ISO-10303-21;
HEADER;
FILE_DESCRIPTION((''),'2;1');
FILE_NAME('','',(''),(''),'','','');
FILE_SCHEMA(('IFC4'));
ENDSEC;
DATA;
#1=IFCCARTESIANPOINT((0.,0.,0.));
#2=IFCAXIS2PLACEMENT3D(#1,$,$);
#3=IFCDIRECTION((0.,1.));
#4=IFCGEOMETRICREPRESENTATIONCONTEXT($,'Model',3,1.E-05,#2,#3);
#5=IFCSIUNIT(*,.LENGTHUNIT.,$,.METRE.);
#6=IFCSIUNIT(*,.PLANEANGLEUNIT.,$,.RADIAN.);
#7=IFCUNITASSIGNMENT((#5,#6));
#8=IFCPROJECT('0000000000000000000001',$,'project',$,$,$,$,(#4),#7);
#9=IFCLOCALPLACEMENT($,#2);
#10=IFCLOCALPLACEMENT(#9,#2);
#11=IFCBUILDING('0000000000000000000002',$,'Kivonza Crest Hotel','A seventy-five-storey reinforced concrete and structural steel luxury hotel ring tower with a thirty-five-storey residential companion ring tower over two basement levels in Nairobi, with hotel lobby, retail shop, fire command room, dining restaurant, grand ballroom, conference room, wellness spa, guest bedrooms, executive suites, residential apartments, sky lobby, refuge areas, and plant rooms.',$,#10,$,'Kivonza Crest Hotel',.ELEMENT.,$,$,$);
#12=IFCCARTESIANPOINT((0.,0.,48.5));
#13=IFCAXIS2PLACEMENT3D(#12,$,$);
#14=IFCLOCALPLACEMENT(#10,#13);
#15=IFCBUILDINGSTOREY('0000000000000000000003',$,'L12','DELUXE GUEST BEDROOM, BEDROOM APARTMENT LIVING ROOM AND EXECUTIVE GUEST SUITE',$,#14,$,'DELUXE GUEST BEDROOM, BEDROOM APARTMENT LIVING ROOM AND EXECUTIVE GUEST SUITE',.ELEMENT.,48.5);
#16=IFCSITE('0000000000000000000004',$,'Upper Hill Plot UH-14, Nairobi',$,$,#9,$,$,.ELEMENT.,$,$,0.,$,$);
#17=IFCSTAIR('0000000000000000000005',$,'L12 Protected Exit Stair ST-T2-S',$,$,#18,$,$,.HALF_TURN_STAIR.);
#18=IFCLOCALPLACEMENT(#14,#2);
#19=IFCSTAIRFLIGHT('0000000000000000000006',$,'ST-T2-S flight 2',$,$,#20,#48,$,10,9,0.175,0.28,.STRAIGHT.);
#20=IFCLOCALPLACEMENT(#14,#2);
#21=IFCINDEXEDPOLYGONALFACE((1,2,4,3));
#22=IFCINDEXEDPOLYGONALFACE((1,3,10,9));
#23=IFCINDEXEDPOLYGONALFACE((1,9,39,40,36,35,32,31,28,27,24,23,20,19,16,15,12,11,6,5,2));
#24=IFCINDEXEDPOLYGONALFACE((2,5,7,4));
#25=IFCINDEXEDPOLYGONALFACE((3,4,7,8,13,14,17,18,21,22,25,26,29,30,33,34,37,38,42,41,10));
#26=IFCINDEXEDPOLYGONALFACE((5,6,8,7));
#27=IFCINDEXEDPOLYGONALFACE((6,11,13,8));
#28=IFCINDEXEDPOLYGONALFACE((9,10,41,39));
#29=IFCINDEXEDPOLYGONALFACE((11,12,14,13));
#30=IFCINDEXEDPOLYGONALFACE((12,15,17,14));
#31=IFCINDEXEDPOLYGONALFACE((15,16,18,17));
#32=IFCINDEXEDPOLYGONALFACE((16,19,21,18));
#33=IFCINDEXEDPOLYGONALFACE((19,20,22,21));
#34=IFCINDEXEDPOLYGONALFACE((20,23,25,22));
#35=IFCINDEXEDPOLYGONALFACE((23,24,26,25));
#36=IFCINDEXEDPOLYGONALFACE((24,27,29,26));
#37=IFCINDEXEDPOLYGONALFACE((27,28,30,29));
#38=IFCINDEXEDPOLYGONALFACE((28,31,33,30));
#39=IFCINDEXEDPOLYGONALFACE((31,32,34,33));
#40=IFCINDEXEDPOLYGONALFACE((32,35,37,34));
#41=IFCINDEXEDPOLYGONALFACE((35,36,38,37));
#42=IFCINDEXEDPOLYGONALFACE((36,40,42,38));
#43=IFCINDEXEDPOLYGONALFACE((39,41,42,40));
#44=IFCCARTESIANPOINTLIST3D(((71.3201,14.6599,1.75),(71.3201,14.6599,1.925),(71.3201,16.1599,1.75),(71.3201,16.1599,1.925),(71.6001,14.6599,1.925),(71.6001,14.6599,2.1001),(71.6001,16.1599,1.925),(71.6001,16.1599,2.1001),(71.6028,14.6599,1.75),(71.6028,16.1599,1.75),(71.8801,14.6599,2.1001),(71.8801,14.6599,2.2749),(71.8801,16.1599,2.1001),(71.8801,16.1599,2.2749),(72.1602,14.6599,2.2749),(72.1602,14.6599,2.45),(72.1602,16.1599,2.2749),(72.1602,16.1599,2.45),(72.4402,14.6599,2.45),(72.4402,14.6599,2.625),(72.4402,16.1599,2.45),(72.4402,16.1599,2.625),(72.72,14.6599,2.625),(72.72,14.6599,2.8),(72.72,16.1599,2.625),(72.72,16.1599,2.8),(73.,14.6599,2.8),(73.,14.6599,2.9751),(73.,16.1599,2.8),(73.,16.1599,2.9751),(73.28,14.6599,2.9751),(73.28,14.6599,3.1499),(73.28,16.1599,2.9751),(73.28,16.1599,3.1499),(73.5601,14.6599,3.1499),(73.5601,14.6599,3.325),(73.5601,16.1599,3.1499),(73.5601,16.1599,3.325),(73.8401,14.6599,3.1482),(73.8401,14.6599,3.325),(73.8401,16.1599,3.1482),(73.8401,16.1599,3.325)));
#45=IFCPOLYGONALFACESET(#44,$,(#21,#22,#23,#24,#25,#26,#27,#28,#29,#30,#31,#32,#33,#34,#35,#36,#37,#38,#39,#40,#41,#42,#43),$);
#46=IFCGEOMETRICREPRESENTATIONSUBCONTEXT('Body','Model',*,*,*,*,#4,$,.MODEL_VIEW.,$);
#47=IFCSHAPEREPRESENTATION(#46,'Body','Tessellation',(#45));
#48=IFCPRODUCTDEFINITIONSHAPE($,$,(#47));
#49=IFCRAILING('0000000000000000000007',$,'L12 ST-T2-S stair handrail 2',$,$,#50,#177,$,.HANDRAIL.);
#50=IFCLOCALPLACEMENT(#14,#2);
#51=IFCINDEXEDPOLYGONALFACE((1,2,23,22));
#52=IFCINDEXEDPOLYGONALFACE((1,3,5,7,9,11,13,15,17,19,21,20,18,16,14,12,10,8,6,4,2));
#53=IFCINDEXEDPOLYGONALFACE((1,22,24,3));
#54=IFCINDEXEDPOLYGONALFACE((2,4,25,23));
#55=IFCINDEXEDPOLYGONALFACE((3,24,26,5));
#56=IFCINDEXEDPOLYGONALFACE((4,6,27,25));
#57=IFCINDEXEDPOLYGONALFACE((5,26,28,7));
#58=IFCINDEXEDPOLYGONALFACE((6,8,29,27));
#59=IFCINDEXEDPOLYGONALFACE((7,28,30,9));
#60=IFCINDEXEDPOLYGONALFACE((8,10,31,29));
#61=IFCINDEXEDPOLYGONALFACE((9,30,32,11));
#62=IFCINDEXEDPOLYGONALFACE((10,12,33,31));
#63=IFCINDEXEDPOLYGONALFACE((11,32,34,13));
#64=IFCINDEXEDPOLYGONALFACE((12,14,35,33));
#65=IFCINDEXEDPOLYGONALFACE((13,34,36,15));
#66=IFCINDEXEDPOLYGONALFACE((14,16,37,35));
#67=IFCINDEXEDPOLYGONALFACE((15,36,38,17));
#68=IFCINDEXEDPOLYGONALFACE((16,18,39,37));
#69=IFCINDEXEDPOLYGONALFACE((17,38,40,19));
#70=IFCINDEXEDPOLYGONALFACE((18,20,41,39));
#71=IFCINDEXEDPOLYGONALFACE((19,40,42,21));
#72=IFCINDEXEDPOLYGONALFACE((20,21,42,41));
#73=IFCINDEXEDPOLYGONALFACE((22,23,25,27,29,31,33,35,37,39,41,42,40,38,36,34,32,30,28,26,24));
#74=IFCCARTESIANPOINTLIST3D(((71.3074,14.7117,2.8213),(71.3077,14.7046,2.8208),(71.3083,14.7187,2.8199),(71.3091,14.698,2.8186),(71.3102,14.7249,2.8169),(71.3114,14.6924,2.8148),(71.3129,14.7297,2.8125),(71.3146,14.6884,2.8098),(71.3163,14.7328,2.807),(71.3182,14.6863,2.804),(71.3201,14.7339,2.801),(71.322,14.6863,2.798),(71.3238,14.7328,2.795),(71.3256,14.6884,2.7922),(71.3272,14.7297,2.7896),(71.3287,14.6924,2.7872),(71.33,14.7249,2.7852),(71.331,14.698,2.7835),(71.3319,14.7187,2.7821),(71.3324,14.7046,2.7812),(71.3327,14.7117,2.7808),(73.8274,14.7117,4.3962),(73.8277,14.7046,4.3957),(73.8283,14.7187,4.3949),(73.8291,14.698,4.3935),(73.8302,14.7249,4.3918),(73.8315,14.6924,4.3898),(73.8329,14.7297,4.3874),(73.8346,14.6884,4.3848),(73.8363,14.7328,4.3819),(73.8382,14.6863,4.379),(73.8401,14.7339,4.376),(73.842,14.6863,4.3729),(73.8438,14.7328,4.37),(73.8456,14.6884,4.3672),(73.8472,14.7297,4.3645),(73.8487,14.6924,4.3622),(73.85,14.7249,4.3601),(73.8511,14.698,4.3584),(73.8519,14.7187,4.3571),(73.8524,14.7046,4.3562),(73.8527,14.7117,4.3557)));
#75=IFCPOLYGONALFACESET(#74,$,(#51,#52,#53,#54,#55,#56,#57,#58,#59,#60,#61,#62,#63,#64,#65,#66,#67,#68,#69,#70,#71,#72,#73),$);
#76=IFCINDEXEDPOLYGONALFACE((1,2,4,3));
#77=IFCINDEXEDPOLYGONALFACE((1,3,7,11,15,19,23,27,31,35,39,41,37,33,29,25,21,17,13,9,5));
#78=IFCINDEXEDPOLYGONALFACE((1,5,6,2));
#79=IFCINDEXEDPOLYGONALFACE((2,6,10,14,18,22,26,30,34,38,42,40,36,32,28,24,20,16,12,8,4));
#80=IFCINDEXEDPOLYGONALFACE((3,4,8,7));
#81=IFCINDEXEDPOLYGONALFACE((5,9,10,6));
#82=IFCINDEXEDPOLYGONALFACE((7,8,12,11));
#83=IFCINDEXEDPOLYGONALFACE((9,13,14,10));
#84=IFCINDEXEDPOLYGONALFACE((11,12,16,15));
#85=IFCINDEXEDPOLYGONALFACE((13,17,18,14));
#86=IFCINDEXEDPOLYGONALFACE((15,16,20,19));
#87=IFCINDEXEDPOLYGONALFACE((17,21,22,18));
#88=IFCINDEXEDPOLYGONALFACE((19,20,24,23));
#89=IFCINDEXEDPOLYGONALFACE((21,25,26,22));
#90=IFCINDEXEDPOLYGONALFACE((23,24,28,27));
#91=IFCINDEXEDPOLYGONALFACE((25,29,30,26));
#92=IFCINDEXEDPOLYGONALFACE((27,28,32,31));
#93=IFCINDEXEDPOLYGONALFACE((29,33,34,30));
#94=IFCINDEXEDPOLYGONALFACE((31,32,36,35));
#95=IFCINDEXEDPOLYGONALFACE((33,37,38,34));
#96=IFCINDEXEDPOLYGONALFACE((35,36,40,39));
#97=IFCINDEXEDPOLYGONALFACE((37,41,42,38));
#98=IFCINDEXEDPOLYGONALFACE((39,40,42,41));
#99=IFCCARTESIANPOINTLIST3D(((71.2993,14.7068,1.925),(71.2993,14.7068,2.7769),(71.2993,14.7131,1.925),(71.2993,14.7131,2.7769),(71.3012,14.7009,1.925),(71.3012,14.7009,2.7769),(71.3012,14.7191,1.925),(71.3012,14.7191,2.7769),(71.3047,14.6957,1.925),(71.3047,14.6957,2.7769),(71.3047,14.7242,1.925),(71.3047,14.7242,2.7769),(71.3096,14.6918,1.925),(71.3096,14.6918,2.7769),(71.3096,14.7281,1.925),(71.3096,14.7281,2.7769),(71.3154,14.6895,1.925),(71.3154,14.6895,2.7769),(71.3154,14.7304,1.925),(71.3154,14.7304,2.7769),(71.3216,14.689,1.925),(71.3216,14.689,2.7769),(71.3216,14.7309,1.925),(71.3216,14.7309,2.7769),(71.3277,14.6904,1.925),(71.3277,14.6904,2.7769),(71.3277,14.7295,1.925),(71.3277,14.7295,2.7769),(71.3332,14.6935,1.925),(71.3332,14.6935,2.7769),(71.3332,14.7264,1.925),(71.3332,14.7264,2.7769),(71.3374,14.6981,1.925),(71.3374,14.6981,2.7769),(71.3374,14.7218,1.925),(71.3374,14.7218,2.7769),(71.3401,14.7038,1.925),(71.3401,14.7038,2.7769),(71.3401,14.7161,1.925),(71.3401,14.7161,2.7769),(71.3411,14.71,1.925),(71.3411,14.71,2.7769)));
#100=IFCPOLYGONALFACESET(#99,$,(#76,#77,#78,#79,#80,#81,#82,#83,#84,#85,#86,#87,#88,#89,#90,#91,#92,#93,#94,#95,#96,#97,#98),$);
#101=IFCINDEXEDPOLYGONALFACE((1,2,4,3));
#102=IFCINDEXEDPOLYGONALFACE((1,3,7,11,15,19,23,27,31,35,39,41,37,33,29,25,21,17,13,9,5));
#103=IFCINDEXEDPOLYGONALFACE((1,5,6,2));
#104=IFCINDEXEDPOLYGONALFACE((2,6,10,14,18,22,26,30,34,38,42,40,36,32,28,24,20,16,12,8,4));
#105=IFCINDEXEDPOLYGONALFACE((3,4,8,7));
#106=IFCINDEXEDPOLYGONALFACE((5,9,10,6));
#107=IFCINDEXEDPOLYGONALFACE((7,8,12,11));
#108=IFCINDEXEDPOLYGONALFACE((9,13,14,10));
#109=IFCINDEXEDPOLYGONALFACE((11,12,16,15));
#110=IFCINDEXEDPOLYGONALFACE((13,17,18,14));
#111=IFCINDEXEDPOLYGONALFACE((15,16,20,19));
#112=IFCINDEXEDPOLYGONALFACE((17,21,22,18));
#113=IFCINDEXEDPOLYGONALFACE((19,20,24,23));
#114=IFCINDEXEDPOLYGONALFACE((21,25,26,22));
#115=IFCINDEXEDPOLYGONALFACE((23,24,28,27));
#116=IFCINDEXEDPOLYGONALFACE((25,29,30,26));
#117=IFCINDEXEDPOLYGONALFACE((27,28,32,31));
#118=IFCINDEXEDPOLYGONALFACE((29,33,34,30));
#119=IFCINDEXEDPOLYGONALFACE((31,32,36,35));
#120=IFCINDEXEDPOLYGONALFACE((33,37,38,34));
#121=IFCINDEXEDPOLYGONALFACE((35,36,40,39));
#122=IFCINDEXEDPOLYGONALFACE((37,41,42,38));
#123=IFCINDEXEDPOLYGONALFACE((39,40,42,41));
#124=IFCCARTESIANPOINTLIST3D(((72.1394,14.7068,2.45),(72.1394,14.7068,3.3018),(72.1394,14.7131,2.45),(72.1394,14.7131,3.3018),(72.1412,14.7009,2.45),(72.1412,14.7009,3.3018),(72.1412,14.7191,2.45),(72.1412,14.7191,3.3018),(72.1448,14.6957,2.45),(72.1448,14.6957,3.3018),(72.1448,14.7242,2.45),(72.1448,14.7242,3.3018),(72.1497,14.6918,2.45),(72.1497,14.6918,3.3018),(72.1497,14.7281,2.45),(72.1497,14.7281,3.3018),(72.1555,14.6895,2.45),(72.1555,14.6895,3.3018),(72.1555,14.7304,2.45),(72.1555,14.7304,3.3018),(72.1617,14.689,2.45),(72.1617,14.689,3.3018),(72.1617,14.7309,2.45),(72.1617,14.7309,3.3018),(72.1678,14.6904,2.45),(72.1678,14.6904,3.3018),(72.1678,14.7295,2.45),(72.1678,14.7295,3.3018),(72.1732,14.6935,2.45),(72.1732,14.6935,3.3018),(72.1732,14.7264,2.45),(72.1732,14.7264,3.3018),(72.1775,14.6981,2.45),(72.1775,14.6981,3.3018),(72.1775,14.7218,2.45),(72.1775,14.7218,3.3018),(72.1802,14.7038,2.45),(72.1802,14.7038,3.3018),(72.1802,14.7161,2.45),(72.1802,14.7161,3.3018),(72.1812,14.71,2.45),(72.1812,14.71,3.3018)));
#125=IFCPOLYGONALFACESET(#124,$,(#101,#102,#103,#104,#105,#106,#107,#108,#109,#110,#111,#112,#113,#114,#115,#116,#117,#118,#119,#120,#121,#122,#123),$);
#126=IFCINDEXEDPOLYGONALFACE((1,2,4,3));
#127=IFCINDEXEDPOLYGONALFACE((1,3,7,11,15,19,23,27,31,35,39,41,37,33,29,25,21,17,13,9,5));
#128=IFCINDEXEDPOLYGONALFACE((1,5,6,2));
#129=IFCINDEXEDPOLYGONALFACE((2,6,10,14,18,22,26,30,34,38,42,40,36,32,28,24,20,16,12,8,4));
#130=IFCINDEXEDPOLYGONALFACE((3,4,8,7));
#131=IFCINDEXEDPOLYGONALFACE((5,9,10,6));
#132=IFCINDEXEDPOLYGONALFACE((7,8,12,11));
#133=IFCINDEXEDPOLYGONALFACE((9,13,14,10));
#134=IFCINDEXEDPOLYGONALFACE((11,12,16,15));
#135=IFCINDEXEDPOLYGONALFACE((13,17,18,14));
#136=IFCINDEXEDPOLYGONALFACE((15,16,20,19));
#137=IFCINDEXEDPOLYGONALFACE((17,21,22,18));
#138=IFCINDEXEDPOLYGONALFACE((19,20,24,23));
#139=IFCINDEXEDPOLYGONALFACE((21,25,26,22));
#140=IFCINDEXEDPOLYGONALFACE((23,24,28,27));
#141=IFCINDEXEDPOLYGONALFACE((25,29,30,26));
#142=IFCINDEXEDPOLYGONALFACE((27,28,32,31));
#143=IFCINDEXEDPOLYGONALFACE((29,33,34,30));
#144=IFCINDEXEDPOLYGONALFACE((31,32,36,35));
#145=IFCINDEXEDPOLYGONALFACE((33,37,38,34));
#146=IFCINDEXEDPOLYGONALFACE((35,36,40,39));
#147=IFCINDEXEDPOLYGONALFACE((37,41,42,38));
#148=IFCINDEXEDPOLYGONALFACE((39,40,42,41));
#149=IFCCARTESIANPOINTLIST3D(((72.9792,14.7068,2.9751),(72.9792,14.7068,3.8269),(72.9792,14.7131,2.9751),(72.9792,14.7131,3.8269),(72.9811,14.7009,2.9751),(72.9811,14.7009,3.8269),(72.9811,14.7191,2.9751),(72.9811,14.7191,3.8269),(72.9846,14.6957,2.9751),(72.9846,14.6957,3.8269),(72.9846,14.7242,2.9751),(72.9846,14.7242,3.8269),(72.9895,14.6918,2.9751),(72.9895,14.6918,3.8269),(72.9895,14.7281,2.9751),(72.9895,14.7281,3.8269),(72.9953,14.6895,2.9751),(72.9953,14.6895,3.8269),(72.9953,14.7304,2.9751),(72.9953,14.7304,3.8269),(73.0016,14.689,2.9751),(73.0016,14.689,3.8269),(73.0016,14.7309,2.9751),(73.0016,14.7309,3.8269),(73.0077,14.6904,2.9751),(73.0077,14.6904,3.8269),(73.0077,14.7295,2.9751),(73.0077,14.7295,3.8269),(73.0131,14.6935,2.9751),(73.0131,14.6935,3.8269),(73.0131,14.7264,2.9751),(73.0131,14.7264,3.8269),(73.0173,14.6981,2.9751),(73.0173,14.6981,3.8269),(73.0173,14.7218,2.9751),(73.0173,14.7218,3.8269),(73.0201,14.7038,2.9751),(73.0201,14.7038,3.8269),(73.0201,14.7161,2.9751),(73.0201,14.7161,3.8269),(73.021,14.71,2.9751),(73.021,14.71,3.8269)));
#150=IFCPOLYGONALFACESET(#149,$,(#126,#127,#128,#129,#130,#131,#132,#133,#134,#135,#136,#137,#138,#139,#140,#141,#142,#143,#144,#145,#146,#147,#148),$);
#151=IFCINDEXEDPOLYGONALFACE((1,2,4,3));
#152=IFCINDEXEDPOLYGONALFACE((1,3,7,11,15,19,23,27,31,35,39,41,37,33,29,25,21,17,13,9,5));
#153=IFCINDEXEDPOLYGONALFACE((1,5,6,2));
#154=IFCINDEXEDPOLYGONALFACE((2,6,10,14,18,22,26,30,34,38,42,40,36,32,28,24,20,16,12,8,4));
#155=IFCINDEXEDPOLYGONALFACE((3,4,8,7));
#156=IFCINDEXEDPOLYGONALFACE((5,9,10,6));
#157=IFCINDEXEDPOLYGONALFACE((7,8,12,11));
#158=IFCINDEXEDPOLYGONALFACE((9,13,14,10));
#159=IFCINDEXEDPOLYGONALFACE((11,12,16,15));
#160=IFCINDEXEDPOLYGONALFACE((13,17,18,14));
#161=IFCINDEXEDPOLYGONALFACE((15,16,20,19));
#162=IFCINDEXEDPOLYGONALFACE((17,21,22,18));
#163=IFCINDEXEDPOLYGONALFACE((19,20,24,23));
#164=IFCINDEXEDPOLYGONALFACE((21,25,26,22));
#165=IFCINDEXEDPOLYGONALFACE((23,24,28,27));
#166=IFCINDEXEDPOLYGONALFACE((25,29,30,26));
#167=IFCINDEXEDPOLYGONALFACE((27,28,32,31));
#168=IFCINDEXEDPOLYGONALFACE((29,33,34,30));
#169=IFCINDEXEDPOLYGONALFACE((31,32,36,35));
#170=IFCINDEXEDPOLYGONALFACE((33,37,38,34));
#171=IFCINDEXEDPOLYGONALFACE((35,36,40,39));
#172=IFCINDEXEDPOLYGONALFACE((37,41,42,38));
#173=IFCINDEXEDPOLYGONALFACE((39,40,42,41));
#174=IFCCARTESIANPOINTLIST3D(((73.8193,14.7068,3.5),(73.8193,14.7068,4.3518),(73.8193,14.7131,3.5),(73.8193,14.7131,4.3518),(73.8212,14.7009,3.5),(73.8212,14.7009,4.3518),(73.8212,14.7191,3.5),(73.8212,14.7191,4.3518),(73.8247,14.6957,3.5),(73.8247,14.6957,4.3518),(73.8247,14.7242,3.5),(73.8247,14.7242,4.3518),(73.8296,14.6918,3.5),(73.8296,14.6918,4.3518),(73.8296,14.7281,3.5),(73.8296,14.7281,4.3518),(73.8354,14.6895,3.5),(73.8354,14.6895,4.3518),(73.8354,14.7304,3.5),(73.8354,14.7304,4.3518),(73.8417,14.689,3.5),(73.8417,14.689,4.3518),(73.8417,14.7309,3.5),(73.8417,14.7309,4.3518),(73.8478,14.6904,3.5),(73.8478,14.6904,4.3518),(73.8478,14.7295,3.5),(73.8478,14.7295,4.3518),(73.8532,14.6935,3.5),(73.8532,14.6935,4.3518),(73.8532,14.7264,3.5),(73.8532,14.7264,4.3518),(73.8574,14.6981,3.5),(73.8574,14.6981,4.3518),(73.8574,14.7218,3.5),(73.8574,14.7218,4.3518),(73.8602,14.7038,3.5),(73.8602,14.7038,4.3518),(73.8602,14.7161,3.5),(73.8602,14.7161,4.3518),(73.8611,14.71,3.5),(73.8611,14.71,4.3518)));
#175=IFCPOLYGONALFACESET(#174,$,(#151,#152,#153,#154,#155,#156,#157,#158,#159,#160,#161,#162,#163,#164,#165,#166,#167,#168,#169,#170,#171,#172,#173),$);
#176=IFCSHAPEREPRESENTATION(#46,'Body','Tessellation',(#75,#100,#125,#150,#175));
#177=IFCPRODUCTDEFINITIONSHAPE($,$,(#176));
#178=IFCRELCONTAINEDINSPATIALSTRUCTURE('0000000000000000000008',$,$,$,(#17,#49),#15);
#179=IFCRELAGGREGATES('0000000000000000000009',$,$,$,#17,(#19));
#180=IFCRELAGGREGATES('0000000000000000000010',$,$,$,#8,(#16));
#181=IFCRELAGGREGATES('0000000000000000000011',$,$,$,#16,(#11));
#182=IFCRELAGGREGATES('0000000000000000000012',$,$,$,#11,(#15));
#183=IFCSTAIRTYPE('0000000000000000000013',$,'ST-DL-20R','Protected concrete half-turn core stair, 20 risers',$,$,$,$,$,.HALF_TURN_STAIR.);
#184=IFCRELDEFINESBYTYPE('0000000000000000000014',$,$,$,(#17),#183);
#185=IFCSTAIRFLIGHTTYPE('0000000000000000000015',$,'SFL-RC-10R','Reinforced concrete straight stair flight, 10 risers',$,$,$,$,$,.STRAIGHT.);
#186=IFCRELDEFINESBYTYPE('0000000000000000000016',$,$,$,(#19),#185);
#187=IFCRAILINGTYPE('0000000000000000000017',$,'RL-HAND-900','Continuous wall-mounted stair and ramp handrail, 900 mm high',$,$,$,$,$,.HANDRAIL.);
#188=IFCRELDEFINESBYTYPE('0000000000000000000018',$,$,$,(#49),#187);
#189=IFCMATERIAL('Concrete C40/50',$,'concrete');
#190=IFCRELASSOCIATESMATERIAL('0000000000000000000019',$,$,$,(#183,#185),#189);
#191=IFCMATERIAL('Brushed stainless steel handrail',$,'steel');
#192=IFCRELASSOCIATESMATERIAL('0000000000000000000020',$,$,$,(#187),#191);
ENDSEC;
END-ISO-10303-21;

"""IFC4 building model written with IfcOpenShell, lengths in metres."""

from ifc_helpers import new_model, si_unit, direction, frame, origin, origin_2d, place, context, subcontext, project, spatial, polyline, circle, outline, extrude, material, type_object, element, aggregate, save


model = new_model("IFC4")

# Units and contexts
model_context = context("Model", 3, precision=1e-05, world=origin(), true_north=direction((0.0, 1.0)))
body_context = subcontext(model_context, "Body", "Model", "MODEL_VIEW")
ifc_project = project(units=[si_unit("LENGTHUNIT", "METRE"), si_unit("PLANEANGLEUNIT", "RADIAN")], contexts=[model_context])

# Site, building, storey
site_placement = place(None, origin())
site = spatial("IfcSite", under=ifc_project, at=site_placement, Name="Upper Hill Plot UH-14, Nairobi", CompositionType="ELEMENT", RefElevation=0.0)
building_placement = place(site_placement, origin())
building = spatial("IfcBuilding", under=site, at=building_placement, Name="Kivonza Crest Hotel", Description="A seventy-five-storey reinforced concrete and structural steel luxury hotel ring tower with a thirty-five-storey residential companion ring tower over two basement levels in Nairobi, with hotel lobby, retail shop, fire command room, dining restaurant, grand ballroom, conference room, wellness spa, guest bedrooms, executive suites, residential apartments, sky lobby, refuge areas, and plant rooms.", LongName="Kivonza Crest Hotel", CompositionType="ELEMENT")
storey_placement = place(building_placement, frame((0.0, 0.0, 48.5)))
storey = spatial("IfcBuildingStorey", under=building, at=storey_placement, Name="L12", Description="DELUXE GUEST BEDROOM, BEDROOM APARTMENT LIVING ROOM AND EXECUTIVE GUEST SUITE", LongName="DELUXE GUEST BEDROOM, BEDROOM APARTMENT LIVING ROOM AND EXECUTIVE GUEST SUITE", CompositionType="ELEMENT", Elevation=48.5)

# Stair, stair flight
ifc_material_1 = material(Name="Concrete C40/50", Category="concrete")
stair_type = type_object("IfcStairType", Name="ST-DL-20R", Description="Protected concrete half-turn core stair, 20 risers", PredefinedType="HALF_TURN_STAIR", material=ifc_material_1)
stair_placement = place(storey_placement, origin())
stair = element("IfcStair", 1, at=stair_placement, inside=storey, type_object=stair_type, Name="L12 Protected Exit Stair ST-T2-S", PredefinedType="HALF_TURN_STAIR")
stair_flight_type = type_object("IfcStairFlightType", Name="SFL-RC-10R", Description="Reinforced concrete straight stair flight, 10 risers", PredefinedType="STRAIGHT", material=ifc_material_1)
stair_flight_placement = place(storey_placement, frame((71.3201, 15.4099, 1.75), z_axis=(0.0, 0.0, 1.0), x_axis=(1.0, 0.0, 0.0)))
stair_flight = element("IfcStairFlight", 2, at=stair_flight_placement, type_object=stair_flight_type, Name="ST-T2-S flight 2", NumberOfRisers=10, NumberOfTreads=9, PredefinedType="STRAIGHT", RiserHeight=0.175, TreadLength=0.28, context=body_context, shape_type="SweptSolid", body=[
    extrude(outline(polyline([(0.0, 0.0), (0.0, 0.175), (0.28, 0.175), (0.28, 0.3501), (0.5601, 0.3501), (0.5601, 0.5249), (0.8401, 0.5249), (0.8401, 0.7), (1.1201, 0.7), (1.1201, 0.875), (1.3999, 0.875), (1.3999, 1.05), (1.6799, 1.05), (1.6799, 1.2251), (1.96, 1.2251), (1.96, 1.3999), (2.24, 1.3999), (2.24, 1.575), (2.52, 1.575), (2.52, 1.75), (2.52, 1.3982), (0.2827, 0.0), (0.0, 0.0)])), frame((0.0, 0.75, 0.0), z_axis=(0.0, -1.0, 0.0), x_axis=(1.0, 0.0, 0.0)), (0.0, 0.0, 1.0), 1.5),
])
aggregate(stair, [stair_flight])

# Railing
ifc_material_2 = material(Name="Brushed stainless steel handrail", Category="steel")
railing_type_1 = type_object("IfcRailingType", Name="RL-HAND-900", Description="Continuous wall-mounted stair and ramp handrail, 900 mm high", PredefinedType="HANDRAIL", material=ifc_material_2)
railing_1_placement = place(storey_placement, frame((71.3201, 14.71, 1.925)))
element("IfcRailing", 3, at=railing_1_placement, inside=storey, type_object=railing_type_1, Name="L12 ST-T2-S stair handrail 2", PredefinedType="HANDRAIL", context=body_context, shape_type="SweptSolid", body=[
    extrude(circle(Radius=0.0239, at=origin_2d()), frame((0.0, 0.0, 0.876), z_axis=(0.848008, 0.0, 0.529984), x_axis=(0.0, 1.0, 0.0)), (0.0, 0.0, 1.0), 2.9717),
    extrude(circle(Radius=0.021, at=origin_2d()), origin(), (0.0, 0.0, 1.0), 0.8518),
    extrude(circle(Radius=0.021, at=origin_2d()), frame((0.8401, 0.0, 0.5249)), (0.0, 0.0, 1.0), 0.8518),
    extrude(circle(Radius=0.021, at=origin_2d()), frame((1.6799, 0.0, 1.05)), (0.0, 0.0, 1.0), 0.8518),
    extrude(circle(Radius=0.021, at=origin_2d()), frame((2.52, 0.0, 1.575)), (0.0, 0.0, 1.0), 0.8518),
])

save(model, "model.ifc")
